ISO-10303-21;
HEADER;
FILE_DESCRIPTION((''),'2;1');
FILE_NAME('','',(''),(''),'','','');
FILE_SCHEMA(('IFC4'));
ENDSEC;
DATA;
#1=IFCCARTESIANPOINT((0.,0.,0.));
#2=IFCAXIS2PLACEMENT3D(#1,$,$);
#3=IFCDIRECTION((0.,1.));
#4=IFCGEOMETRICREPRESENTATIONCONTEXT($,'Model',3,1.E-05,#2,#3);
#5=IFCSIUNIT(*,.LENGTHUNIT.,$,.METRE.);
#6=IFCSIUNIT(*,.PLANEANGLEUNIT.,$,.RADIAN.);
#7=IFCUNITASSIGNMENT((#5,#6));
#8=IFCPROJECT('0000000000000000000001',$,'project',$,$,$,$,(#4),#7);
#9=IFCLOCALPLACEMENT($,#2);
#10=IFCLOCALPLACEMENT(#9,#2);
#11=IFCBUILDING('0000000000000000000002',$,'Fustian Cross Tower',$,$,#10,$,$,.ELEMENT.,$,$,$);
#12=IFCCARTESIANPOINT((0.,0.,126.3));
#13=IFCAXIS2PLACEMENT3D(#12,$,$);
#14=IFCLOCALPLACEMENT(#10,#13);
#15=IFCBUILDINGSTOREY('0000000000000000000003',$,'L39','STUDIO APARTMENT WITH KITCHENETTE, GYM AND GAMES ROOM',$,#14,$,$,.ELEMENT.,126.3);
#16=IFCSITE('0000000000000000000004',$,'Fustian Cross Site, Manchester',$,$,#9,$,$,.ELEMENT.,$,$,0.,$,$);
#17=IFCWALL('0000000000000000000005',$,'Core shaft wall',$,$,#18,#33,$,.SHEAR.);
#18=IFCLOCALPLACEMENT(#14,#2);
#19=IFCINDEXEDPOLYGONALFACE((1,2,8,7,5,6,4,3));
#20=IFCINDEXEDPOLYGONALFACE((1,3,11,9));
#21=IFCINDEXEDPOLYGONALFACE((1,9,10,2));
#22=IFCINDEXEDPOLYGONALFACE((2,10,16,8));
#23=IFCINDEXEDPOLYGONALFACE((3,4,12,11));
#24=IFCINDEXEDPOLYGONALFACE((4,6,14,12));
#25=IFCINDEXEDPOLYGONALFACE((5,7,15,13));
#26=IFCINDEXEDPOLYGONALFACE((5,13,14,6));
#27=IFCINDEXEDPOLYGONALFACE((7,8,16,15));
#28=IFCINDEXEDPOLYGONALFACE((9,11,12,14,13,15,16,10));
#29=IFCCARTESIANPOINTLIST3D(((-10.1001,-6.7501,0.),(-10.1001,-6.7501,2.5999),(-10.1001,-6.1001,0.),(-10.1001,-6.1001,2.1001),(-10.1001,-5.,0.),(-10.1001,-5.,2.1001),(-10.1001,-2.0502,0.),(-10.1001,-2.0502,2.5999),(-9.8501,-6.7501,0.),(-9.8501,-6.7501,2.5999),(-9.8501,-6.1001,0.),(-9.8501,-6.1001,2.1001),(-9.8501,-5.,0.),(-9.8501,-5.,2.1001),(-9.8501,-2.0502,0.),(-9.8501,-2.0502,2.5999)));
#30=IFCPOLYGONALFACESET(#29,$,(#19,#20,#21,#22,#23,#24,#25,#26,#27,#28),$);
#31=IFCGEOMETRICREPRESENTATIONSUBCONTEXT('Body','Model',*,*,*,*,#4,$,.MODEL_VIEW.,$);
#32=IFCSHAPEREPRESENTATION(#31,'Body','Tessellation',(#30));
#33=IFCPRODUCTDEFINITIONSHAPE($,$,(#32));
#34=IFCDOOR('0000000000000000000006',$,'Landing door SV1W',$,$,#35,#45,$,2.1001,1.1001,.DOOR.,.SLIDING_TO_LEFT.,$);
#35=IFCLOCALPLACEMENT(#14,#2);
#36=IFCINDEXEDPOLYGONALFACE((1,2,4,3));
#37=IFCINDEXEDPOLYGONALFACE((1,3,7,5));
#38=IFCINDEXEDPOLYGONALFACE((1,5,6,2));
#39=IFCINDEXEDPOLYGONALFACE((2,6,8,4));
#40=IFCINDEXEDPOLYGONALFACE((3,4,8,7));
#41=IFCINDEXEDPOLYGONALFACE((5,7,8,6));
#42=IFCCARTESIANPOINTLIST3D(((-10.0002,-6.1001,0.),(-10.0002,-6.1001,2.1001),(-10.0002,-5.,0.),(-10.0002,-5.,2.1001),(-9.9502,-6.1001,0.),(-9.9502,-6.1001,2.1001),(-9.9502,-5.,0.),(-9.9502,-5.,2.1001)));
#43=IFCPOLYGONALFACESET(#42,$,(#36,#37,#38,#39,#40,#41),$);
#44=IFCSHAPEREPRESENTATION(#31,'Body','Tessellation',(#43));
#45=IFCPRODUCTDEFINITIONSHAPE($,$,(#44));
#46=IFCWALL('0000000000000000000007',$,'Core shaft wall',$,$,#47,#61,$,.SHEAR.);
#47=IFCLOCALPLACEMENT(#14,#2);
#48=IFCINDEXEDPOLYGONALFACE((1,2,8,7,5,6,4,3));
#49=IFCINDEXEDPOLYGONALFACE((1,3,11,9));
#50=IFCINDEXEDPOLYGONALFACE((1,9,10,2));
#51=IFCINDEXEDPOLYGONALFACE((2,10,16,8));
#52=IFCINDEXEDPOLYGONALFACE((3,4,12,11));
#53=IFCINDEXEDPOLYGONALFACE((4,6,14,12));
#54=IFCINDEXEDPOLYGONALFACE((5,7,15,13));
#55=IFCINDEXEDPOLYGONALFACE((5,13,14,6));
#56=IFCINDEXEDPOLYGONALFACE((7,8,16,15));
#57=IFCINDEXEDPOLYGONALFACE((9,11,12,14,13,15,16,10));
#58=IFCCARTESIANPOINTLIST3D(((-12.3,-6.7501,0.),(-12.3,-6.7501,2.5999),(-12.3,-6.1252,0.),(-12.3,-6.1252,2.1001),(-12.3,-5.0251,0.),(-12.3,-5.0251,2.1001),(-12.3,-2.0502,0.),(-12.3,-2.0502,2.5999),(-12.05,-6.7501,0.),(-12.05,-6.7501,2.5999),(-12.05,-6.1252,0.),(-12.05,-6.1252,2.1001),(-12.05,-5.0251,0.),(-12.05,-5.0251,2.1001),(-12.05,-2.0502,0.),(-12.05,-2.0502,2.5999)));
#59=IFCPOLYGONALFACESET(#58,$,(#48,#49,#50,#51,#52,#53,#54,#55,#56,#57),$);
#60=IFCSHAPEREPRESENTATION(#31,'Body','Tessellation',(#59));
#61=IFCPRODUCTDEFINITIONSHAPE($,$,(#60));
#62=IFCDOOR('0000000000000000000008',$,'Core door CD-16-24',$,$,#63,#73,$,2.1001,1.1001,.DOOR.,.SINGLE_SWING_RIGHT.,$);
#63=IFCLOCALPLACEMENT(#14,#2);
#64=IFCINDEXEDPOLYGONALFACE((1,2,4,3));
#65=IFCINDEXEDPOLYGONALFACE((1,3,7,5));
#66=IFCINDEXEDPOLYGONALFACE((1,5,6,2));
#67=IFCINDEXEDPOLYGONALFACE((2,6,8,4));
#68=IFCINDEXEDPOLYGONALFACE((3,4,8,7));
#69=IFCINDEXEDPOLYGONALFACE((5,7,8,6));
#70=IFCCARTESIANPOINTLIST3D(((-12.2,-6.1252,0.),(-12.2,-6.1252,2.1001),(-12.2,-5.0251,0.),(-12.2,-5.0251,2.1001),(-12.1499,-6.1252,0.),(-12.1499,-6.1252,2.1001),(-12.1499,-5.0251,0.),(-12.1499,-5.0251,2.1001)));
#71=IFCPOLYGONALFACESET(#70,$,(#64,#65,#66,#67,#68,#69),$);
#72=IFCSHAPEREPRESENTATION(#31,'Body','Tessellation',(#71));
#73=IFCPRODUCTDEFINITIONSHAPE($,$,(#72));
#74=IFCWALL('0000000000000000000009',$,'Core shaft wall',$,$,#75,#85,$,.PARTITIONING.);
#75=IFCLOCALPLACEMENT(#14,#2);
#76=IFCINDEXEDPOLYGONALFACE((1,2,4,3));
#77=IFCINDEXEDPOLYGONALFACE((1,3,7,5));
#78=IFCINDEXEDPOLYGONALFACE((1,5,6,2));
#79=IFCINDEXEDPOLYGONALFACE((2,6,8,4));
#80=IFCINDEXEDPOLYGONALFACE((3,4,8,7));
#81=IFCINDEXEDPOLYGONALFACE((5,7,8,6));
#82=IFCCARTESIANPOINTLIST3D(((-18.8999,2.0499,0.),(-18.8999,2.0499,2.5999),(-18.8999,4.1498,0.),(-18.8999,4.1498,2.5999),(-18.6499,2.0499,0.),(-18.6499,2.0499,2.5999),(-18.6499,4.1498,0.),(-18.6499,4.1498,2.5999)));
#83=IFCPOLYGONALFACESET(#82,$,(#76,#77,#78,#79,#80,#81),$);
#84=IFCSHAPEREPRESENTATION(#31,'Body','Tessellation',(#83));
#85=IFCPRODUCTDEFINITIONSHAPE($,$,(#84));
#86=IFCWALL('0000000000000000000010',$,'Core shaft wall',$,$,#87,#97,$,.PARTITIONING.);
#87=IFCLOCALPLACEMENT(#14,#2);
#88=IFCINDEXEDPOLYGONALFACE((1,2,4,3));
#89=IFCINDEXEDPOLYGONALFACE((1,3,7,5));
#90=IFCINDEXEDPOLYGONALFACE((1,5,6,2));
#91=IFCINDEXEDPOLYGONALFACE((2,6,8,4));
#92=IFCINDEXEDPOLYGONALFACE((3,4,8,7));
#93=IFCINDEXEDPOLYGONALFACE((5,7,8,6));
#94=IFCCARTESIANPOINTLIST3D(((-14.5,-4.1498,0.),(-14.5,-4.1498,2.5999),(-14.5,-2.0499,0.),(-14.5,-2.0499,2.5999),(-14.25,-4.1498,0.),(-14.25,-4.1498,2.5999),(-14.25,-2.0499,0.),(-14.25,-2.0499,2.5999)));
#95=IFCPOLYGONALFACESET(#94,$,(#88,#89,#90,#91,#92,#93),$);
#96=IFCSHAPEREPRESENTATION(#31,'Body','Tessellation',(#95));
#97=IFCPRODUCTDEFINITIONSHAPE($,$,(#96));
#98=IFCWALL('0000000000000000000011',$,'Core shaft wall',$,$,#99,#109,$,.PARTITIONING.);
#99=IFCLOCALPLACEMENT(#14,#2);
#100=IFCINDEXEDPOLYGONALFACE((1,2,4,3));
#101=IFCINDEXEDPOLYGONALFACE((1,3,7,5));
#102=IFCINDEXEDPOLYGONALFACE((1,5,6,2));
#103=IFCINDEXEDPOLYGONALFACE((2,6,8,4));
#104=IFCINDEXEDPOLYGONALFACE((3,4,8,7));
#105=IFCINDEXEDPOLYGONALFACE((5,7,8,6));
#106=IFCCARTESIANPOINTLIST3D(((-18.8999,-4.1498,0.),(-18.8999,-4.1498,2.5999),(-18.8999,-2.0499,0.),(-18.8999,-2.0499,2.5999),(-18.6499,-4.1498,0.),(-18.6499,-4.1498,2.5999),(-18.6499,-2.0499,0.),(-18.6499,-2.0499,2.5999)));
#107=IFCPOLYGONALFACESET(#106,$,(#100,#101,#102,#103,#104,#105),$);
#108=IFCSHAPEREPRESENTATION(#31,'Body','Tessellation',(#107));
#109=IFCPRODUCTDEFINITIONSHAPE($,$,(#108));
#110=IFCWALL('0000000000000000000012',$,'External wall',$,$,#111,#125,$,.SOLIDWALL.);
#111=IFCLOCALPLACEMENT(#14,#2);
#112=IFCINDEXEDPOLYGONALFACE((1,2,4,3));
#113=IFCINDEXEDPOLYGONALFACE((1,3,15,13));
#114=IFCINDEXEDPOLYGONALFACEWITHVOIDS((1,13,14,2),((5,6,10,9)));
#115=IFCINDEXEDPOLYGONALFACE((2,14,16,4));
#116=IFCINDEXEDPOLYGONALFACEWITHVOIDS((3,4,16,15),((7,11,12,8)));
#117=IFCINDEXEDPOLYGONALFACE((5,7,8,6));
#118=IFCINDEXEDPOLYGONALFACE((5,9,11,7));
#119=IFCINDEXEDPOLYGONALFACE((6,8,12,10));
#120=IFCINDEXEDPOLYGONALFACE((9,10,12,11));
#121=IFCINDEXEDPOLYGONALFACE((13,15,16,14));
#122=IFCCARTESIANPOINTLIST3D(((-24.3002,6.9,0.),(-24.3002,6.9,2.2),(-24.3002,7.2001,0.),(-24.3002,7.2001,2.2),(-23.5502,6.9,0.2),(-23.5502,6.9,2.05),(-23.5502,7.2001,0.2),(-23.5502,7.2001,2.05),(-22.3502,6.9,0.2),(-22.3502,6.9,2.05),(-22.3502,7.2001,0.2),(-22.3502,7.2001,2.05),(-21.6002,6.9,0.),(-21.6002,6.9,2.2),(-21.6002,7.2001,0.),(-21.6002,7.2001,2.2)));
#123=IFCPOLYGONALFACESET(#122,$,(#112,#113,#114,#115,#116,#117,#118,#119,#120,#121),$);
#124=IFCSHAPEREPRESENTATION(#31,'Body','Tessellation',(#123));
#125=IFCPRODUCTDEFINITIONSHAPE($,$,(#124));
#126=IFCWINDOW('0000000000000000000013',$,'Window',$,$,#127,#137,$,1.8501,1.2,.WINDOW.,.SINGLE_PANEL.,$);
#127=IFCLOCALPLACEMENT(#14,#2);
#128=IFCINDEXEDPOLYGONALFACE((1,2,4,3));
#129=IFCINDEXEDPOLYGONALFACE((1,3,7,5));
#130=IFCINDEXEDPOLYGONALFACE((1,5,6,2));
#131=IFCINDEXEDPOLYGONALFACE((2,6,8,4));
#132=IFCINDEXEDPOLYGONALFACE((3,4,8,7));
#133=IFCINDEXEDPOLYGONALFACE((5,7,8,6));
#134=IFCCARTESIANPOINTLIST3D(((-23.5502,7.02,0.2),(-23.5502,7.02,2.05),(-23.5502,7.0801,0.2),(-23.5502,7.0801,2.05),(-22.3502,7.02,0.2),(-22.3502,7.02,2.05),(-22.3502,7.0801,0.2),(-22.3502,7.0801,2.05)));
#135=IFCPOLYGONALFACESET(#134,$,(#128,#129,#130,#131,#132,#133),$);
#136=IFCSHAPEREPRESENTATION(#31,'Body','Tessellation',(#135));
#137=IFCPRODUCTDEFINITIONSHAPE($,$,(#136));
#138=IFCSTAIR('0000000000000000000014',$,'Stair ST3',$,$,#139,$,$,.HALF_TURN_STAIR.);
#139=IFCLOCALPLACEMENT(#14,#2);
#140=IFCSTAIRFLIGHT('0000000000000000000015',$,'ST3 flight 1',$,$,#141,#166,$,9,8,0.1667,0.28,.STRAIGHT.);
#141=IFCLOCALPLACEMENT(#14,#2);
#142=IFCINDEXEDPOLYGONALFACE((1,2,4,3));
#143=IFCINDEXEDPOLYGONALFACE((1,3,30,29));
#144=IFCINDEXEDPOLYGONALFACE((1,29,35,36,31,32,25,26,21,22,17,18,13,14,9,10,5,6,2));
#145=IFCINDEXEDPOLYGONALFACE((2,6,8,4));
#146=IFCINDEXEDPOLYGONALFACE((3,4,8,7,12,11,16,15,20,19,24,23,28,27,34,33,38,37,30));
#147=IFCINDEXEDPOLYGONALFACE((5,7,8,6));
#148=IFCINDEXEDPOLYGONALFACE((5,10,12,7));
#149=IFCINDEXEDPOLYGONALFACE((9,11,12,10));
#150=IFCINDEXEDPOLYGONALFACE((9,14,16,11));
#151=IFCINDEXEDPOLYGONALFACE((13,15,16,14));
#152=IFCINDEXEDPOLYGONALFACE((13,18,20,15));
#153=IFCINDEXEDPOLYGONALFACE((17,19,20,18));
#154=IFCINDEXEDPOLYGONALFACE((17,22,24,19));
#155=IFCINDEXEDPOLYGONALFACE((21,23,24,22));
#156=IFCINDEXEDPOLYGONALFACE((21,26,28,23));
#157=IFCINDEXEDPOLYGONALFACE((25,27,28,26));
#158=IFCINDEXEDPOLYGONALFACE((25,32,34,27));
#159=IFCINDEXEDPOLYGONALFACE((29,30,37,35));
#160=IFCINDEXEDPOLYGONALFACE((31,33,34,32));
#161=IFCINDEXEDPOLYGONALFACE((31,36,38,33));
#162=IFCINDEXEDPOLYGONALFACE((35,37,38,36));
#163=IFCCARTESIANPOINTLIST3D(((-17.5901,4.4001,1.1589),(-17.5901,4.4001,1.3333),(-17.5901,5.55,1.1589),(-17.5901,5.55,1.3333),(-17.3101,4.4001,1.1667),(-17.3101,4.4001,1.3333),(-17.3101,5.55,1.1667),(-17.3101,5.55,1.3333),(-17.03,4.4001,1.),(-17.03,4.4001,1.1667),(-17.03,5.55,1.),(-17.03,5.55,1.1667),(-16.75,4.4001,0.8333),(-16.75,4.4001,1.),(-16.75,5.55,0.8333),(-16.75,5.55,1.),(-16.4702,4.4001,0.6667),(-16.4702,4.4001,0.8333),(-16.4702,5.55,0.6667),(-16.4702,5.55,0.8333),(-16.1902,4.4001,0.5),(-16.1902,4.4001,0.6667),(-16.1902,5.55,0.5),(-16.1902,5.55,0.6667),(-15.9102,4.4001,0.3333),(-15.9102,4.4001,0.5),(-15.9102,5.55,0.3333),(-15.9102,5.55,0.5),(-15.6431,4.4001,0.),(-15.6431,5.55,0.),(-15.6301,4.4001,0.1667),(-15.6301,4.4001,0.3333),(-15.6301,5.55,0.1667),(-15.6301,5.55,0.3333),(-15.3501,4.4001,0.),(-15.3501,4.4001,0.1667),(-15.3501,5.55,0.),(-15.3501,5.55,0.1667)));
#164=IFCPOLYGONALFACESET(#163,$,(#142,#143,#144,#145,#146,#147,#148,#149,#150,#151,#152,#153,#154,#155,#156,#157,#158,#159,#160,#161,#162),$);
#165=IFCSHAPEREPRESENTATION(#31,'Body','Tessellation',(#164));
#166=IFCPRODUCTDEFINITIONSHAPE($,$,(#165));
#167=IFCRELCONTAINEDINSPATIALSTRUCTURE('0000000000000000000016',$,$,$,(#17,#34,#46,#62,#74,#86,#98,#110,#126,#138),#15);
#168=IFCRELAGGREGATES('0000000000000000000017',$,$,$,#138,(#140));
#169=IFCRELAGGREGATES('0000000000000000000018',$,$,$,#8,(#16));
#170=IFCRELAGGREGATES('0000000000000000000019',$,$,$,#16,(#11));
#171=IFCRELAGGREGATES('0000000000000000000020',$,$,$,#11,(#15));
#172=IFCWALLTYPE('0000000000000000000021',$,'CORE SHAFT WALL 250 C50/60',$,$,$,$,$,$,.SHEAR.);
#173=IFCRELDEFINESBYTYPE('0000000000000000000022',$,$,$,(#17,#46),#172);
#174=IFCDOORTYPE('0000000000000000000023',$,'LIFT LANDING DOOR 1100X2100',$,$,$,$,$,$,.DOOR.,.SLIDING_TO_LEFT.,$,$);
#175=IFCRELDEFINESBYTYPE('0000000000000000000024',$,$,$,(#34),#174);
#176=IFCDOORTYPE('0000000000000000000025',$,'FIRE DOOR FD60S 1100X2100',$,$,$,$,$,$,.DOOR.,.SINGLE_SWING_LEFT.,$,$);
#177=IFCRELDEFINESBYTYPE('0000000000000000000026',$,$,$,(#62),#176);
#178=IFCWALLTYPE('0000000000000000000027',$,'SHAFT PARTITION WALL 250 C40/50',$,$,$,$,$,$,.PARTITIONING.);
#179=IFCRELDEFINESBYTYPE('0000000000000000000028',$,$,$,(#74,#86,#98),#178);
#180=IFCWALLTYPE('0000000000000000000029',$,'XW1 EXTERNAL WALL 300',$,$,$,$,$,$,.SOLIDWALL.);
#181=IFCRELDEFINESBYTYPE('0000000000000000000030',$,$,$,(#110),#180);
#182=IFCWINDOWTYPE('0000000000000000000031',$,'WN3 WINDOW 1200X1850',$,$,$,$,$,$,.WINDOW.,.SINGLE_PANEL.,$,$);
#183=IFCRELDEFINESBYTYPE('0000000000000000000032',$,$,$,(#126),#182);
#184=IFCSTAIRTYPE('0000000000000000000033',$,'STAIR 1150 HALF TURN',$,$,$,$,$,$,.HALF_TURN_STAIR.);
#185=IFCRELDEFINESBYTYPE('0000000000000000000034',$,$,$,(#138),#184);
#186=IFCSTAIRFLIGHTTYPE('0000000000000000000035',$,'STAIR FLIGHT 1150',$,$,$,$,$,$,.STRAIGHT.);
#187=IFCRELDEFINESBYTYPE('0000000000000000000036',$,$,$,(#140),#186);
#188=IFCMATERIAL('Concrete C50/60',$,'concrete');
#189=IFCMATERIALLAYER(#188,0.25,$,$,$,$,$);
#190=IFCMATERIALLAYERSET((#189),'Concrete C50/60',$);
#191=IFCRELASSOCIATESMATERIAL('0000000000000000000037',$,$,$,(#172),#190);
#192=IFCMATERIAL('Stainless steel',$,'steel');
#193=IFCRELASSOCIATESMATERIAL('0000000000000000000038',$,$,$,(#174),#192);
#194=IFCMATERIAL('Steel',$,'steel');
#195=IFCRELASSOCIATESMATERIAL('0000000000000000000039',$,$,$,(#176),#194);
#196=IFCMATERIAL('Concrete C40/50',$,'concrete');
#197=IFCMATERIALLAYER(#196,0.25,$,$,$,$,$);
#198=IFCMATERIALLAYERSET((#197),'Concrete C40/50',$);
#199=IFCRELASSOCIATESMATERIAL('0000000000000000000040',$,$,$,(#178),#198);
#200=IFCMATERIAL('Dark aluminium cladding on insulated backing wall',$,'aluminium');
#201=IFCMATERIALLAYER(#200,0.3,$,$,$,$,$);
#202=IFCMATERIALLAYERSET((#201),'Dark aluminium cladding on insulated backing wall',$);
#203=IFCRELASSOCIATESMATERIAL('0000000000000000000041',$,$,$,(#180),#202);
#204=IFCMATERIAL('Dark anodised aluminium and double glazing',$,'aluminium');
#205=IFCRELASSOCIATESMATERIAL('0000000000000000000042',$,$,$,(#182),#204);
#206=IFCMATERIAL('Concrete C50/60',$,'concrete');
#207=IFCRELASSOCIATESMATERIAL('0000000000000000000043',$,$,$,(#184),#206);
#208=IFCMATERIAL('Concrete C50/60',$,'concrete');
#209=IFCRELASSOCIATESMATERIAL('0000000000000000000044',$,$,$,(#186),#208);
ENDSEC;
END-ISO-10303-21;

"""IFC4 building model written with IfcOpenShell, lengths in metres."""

from ifc_helpers import new_model, si_unit, direction, frame, frame_2d, origin, place, context, subcontext, project, spatial, polyline, rectangle, outline, extrude, material, layer, layer_set, type_object, element, fill, aggregate, save


model = new_model("IFC4")

# Units and contexts
model_context = context("Model", 3, precision=1e-05, world=origin(), true_north=direction((0.0, 1.0)))
body_context = subcontext(model_context, "Body", "Model", "MODEL_VIEW")
ifc_project = project(units=[si_unit("LENGTHUNIT", "METRE"), si_unit("PLANEANGLEUNIT", "RADIAN")], contexts=[model_context])

# Site, building, storey
site_placement = place(None, origin())
site = spatial("IfcSite", under=ifc_project, at=site_placement, Name="Fustian Cross Site, Manchester", CompositionType="ELEMENT", RefElevation=0.0)
building_placement = place(site_placement, origin())
building = spatial("IfcBuilding", under=site, at=building_placement, Name="Fustian Cross Tower", CompositionType="ELEMENT")
storey_placement = place(building_placement, frame((0.0, 0.0, 126.3)))
storey = spatial("IfcBuildingStorey", under=building, at=storey_placement, Name="L39", Description="STUDIO APARTMENT WITH KITCHENETTE, GYM AND GAMES ROOM", CompositionType="ELEMENT", Elevation=126.3)

# Shared definitions
ifc_material_1 = material(Name="Concrete C50/60", Category="concrete")
ifc_layer_1 = layer(ifc_material_1, 0.25)
ifc_layer_set_1 = layer_set([ifc_layer_1], Name="Concrete C50/60")
wall_type_1 = type_object("IfcWallType", Name="CORE SHAFT WALL 250 C50/60", PredefinedType="SHEAR", material=ifc_layer_set_1)

# Shared definitions
ifc_material_2 = material(Name="Stainless steel", Category="steel")
door_type_1 = type_object("IfcDoorType", Name="LIFT LANDING DOOR 1100X2100", OperationType="SLIDING_TO_LEFT", PredefinedType="DOOR", material=ifc_material_2)
ifc_material_3 = material(Name="Steel", Category="steel")
door_type_2 = type_object("IfcDoorType", Name="FIRE DOOR FD60S 1100X2100", OperationType="SINGLE_SWING_LEFT", PredefinedType="DOOR", material=ifc_material_3)

# Walls, openings, doors
wall_1_placement = place(storey_placement, frame((-9.9751, -2.05, 0.0), z_axis=(0.0, 0.0, 1.0), x_axis=(0.0, -1.0, 0.0)))
wall_1 = element("IfcWall", 1, at=wall_1_placement, inside=storey, type_object=wall_type_1, Name="Core shaft wall", PredefinedType="SHEAR", context=body_context, shape_type="SweptSolid", body=[
    extrude(rectangle(XDim=4.7, YDim=0.25, at=frame_2d((2.3501, 0.0))), origin(), (0.0, 0.0, 1.0), 2.5999),
])
opening_1_placement = place(wall_1_placement, frame((2.95, 0.0, 0.0)))
opening_1 = element("IfcOpeningElement", 2, at=opening_1_placement, cuts=wall_1, PredefinedType="OPENING", context=body_context, shape_type="SweptSolid", body=[
    extrude(rectangle(XDim=1.1001, YDim=2.1001, at=frame_2d((0.55, 1.05))), frame((0.0, 0.135, 0.0), z_axis=(0.0, -1.0, 0.0), x_axis=(1.0, 0.0, 0.0)), (0.0, 0.0, 1.0), 0.27),
])
door_1_placement = place(opening_1_placement, origin())
door_1 = element("IfcDoor", 3, at=door_1_placement, inside=storey, type_object=door_type_1, Name="Landing door SV1W", OperationType="SLIDING_TO_LEFT", OverallHeight=2.1001, OverallWidth=1.1001, PredefinedType="DOOR", context=body_context, shape_type="SweptSolid", body=[
    extrude(rectangle(XDim=1.1001, YDim=2.1001, at=frame_2d((0.55, 1.05))), frame((0.0, 0.0249, 0.0), z_axis=(0.0, -1.0, 0.0), x_axis=(1.0, 0.0, 0.0)), (0.0, 0.0, 1.0), 0.05),
])
fill(opening_1, door_1)
wall_2_placement = place(storey_placement, frame((-12.175, -2.05, 0.0), z_axis=(0.0, 0.0, 1.0), x_axis=(0.0, -1.0, 0.0)))
wall_2 = element("IfcWall", 4, at=wall_2_placement, inside=storey, type_object=wall_type_1, Name="Core shaft wall", PredefinedType="SHEAR", context=body_context, shape_type="SweptSolid", body=[
    extrude(rectangle(XDim=4.7, YDim=0.25, at=frame_2d((2.3501, 0.0))), origin(), (0.0, 0.0, 1.0), 2.5999),
])
opening_2_placement = place(wall_2_placement, frame((2.9751, 0.0, 0.0)))
opening_2 = element("IfcOpeningElement", 5, at=opening_2_placement, cuts=wall_2, PredefinedType="OPENING", context=body_context, shape_type="SweptSolid", body=[
    extrude(rectangle(XDim=1.1001, YDim=2.1001, at=frame_2d((0.55, 1.05))), frame((0.0, 0.135, 0.0), z_axis=(0.0, -1.0, 0.0), x_axis=(1.0, 0.0, 0.0)), (0.0, 0.0, 1.0), 0.27),
])
door_2_placement = place(opening_2_placement, frame((1.1001, 0.0, 0.0), z_axis=(0.0, 0.0, 1.0), x_axis=(-1.0, 0.0, 0.0)))
door_2 = element("IfcDoor", 6, at=door_2_placement, inside=storey, type_object=door_type_2, Name="Core door CD-16-24", OperationType="SINGLE_SWING_RIGHT", OverallHeight=2.1001, OverallWidth=1.1001, PredefinedType="DOOR", context=body_context, shape_type="SweptSolid", body=[
    extrude(rectangle(XDim=1.1001, YDim=2.1001, at=frame_2d((0.55, 1.05))), frame((0.0, 0.0249, 0.0), z_axis=(0.0, -1.0, 0.0), x_axis=(1.0, 0.0, 0.0)), (0.0, 0.0, 1.0), 0.05),
])
fill(opening_2, door_2)

# Walls
ifc_material_4 = material(Name="Concrete C40/50", Category="concrete")
ifc_layer_2 = layer(ifc_material_4, 0.25)
ifc_layer_set_2 = layer_set([ifc_layer_2], Name="Concrete C40/50")
wall_type_2 = type_object("IfcWallType", Name="SHAFT PARTITION WALL 250 C40/50", PredefinedType="PARTITIONING", material=ifc_layer_set_2)
for number, where, z_axis, x_axis, name in (
    (7, (-18.7749, 2.05, 0.0), (0.0, 0.0, 1.0), (0.0, 1.0, 0.0), "Core shaft wall"),
    (8, (-14.375, -2.05, 0.0), (0.0, 0.0, 1.0), (0.0, -1.0, 0.0), "Core shaft wall"),
    (9, (-18.7749, -2.05, 0.0), (0.0, 0.0, 1.0), (0.0, -1.0, 0.0), "Core shaft wall"),
):
    element("IfcWall", number, at=place(storey_placement, frame(where, z_axis=z_axis, x_axis=x_axis)), inside=storey, type_object=wall_type_2, Name=name, PredefinedType="PARTITIONING", context=body_context, shape_type="SweptSolid", body=[
        extrude(rectangle(XDim=2.0999, YDim=0.25, at=frame_2d((1.0498, 0.0))), origin(), (0.0, 0.0, 1.0), 2.5999),
    ])

# Wall, opening, window
ifc_material_5 = material(Name="Dark aluminium cladding on insulated backing wall", Category="aluminium")
ifc_layer_3 = layer(ifc_material_5, 0.3)
ifc_layer_set_3 = layer_set([ifc_layer_3], Name="Dark aluminium cladding on insulated backing wall")
wall_type_3 = type_object("IfcWallType", Name="XW1 EXTERNAL WALL 300", PredefinedType="SOLIDWALL", material=ifc_layer_set_3)
wall_3_placement = place(storey_placement, frame((-21.6001, 7.05, 0.0), z_axis=(0.0, 0.0, 1.0), x_axis=(-1.0, 0.0, 0.0)))
wall_3 = element("IfcWall", 10, at=wall_3_placement, inside=storey, type_object=wall_type_3, Name="External wall", PredefinedType="SOLIDWALL", context=body_context, shape_type="SweptSolid", body=[
    extrude(rectangle(XDim=2.7, YDim=0.3, at=frame_2d((1.3501, 0.0))), origin(), (0.0, 0.0, 1.0), 2.2),
])
opening_3_placement = place(wall_3_placement, frame((0.75, 0.0, 0.2)))
opening_3 = element("IfcOpeningElement", 11, at=opening_3_placement, cuts=wall_3, PredefinedType="OPENING", context=body_context, shape_type="SweptSolid", body=[
    extrude(rectangle(XDim=1.2, YDim=1.8501, at=frame_2d((0.6001, 0.925))), frame((0.0, 0.1599, 0.0), z_axis=(0.0, -1.0, 0.0), x_axis=(1.0, 0.0, 0.0)), (0.0, 0.0, 1.0), 0.3201),
])
ifc_material_6 = material(Name="Dark anodised aluminium and double glazing", Category="aluminium")
window_type = type_object("IfcWindowType", Name="WN3 WINDOW 1200X1850", PartitioningType="SINGLE_PANEL", PredefinedType="WINDOW", material=ifc_material_6)
window_placement = place(opening_3_placement, origin())
window = element("IfcWindow", 12, at=window_placement, inside=storey, type_object=window_type, Name="Window", OverallHeight=1.8501, OverallWidth=1.2, PartitioningType="SINGLE_PANEL", PredefinedType="WINDOW", context=body_context, shape_type="SweptSolid", body=[
    extrude(rectangle(XDim=1.2, YDim=1.8501, at=frame_2d((0.6001, 0.925))), frame((0.0, 0.03, 0.0), z_axis=(0.0, -1.0, 0.0), x_axis=(1.0, 0.0, 0.0)), (0.0, 0.0, 1.0), 0.0601),
])
fill(opening_3, window)

# Stair, stair flight
ifc_material_7 = material(Name="Concrete C50/60", Category="concrete")
stair_type = type_object("IfcStairType", Name="STAIR 1150 HALF TURN", PredefinedType="HALF_TURN_STAIR", material=ifc_material_7)
stair_1_placement = place(storey_placement, origin())
stair_1 = element("IfcStair", 13, at=stair_1_placement, inside=storey, type_object=stair_type, Name="Stair ST3", PredefinedType="HALF_TURN_STAIR")
ifc_material_8 = material(Name="Concrete C50/60", Category="concrete")
stair_flight_type = type_object("IfcStairFlightType", Name="STAIR FLIGHT 1150", PredefinedType="STRAIGHT", material=ifc_material_8)
stair_flight_1_placement = place(storey_placement, frame((-15.3501, 4.9751, 0.0), z_axis=(0.0, 0.0, 1.0), x_axis=(-1.0, 0.0, 0.0)))
stair_flight_1 = element("IfcStairFlight", 14, at=stair_flight_1_placement, type_object=stair_flight_type, Name="ST3 flight 1", NumberOfRisers=9, NumberOfTreads=8, PredefinedType="STRAIGHT", RiserHeight=0.1667, TreadLength=0.28, context=body_context, shape_type="SweptSolid", body=[
    extrude(outline(polyline([(0.0, 0.0), (0.0, 0.1667), (0.28, 0.1667), (0.28, 0.3333), (0.5601, 0.3333), (0.5601, 0.5), (0.8401, 0.5), (0.8401, 0.6667), (1.1201, 0.6667), (1.1201, 0.8333), (1.3999, 0.8333), (1.3999, 1.0), (1.6799, 1.0), (1.6799, 1.1667), (1.96, 1.1667), (1.96, 1.3333), (2.24, 1.3333), (2.24, 1.5), (2.24, 1.1589), (0.293, 0.0), (0.0, 0.0)])), frame((0.0, 0.575, 0.0), z_axis=(0.0, -1.0, 0.0), x_axis=(1.0, 0.0, 0.0)), (0.0, 0.0, 1.0), 1.1499),
])
aggregate(stair_1, [stair_flight_1])

save(model, "model.ifc")
